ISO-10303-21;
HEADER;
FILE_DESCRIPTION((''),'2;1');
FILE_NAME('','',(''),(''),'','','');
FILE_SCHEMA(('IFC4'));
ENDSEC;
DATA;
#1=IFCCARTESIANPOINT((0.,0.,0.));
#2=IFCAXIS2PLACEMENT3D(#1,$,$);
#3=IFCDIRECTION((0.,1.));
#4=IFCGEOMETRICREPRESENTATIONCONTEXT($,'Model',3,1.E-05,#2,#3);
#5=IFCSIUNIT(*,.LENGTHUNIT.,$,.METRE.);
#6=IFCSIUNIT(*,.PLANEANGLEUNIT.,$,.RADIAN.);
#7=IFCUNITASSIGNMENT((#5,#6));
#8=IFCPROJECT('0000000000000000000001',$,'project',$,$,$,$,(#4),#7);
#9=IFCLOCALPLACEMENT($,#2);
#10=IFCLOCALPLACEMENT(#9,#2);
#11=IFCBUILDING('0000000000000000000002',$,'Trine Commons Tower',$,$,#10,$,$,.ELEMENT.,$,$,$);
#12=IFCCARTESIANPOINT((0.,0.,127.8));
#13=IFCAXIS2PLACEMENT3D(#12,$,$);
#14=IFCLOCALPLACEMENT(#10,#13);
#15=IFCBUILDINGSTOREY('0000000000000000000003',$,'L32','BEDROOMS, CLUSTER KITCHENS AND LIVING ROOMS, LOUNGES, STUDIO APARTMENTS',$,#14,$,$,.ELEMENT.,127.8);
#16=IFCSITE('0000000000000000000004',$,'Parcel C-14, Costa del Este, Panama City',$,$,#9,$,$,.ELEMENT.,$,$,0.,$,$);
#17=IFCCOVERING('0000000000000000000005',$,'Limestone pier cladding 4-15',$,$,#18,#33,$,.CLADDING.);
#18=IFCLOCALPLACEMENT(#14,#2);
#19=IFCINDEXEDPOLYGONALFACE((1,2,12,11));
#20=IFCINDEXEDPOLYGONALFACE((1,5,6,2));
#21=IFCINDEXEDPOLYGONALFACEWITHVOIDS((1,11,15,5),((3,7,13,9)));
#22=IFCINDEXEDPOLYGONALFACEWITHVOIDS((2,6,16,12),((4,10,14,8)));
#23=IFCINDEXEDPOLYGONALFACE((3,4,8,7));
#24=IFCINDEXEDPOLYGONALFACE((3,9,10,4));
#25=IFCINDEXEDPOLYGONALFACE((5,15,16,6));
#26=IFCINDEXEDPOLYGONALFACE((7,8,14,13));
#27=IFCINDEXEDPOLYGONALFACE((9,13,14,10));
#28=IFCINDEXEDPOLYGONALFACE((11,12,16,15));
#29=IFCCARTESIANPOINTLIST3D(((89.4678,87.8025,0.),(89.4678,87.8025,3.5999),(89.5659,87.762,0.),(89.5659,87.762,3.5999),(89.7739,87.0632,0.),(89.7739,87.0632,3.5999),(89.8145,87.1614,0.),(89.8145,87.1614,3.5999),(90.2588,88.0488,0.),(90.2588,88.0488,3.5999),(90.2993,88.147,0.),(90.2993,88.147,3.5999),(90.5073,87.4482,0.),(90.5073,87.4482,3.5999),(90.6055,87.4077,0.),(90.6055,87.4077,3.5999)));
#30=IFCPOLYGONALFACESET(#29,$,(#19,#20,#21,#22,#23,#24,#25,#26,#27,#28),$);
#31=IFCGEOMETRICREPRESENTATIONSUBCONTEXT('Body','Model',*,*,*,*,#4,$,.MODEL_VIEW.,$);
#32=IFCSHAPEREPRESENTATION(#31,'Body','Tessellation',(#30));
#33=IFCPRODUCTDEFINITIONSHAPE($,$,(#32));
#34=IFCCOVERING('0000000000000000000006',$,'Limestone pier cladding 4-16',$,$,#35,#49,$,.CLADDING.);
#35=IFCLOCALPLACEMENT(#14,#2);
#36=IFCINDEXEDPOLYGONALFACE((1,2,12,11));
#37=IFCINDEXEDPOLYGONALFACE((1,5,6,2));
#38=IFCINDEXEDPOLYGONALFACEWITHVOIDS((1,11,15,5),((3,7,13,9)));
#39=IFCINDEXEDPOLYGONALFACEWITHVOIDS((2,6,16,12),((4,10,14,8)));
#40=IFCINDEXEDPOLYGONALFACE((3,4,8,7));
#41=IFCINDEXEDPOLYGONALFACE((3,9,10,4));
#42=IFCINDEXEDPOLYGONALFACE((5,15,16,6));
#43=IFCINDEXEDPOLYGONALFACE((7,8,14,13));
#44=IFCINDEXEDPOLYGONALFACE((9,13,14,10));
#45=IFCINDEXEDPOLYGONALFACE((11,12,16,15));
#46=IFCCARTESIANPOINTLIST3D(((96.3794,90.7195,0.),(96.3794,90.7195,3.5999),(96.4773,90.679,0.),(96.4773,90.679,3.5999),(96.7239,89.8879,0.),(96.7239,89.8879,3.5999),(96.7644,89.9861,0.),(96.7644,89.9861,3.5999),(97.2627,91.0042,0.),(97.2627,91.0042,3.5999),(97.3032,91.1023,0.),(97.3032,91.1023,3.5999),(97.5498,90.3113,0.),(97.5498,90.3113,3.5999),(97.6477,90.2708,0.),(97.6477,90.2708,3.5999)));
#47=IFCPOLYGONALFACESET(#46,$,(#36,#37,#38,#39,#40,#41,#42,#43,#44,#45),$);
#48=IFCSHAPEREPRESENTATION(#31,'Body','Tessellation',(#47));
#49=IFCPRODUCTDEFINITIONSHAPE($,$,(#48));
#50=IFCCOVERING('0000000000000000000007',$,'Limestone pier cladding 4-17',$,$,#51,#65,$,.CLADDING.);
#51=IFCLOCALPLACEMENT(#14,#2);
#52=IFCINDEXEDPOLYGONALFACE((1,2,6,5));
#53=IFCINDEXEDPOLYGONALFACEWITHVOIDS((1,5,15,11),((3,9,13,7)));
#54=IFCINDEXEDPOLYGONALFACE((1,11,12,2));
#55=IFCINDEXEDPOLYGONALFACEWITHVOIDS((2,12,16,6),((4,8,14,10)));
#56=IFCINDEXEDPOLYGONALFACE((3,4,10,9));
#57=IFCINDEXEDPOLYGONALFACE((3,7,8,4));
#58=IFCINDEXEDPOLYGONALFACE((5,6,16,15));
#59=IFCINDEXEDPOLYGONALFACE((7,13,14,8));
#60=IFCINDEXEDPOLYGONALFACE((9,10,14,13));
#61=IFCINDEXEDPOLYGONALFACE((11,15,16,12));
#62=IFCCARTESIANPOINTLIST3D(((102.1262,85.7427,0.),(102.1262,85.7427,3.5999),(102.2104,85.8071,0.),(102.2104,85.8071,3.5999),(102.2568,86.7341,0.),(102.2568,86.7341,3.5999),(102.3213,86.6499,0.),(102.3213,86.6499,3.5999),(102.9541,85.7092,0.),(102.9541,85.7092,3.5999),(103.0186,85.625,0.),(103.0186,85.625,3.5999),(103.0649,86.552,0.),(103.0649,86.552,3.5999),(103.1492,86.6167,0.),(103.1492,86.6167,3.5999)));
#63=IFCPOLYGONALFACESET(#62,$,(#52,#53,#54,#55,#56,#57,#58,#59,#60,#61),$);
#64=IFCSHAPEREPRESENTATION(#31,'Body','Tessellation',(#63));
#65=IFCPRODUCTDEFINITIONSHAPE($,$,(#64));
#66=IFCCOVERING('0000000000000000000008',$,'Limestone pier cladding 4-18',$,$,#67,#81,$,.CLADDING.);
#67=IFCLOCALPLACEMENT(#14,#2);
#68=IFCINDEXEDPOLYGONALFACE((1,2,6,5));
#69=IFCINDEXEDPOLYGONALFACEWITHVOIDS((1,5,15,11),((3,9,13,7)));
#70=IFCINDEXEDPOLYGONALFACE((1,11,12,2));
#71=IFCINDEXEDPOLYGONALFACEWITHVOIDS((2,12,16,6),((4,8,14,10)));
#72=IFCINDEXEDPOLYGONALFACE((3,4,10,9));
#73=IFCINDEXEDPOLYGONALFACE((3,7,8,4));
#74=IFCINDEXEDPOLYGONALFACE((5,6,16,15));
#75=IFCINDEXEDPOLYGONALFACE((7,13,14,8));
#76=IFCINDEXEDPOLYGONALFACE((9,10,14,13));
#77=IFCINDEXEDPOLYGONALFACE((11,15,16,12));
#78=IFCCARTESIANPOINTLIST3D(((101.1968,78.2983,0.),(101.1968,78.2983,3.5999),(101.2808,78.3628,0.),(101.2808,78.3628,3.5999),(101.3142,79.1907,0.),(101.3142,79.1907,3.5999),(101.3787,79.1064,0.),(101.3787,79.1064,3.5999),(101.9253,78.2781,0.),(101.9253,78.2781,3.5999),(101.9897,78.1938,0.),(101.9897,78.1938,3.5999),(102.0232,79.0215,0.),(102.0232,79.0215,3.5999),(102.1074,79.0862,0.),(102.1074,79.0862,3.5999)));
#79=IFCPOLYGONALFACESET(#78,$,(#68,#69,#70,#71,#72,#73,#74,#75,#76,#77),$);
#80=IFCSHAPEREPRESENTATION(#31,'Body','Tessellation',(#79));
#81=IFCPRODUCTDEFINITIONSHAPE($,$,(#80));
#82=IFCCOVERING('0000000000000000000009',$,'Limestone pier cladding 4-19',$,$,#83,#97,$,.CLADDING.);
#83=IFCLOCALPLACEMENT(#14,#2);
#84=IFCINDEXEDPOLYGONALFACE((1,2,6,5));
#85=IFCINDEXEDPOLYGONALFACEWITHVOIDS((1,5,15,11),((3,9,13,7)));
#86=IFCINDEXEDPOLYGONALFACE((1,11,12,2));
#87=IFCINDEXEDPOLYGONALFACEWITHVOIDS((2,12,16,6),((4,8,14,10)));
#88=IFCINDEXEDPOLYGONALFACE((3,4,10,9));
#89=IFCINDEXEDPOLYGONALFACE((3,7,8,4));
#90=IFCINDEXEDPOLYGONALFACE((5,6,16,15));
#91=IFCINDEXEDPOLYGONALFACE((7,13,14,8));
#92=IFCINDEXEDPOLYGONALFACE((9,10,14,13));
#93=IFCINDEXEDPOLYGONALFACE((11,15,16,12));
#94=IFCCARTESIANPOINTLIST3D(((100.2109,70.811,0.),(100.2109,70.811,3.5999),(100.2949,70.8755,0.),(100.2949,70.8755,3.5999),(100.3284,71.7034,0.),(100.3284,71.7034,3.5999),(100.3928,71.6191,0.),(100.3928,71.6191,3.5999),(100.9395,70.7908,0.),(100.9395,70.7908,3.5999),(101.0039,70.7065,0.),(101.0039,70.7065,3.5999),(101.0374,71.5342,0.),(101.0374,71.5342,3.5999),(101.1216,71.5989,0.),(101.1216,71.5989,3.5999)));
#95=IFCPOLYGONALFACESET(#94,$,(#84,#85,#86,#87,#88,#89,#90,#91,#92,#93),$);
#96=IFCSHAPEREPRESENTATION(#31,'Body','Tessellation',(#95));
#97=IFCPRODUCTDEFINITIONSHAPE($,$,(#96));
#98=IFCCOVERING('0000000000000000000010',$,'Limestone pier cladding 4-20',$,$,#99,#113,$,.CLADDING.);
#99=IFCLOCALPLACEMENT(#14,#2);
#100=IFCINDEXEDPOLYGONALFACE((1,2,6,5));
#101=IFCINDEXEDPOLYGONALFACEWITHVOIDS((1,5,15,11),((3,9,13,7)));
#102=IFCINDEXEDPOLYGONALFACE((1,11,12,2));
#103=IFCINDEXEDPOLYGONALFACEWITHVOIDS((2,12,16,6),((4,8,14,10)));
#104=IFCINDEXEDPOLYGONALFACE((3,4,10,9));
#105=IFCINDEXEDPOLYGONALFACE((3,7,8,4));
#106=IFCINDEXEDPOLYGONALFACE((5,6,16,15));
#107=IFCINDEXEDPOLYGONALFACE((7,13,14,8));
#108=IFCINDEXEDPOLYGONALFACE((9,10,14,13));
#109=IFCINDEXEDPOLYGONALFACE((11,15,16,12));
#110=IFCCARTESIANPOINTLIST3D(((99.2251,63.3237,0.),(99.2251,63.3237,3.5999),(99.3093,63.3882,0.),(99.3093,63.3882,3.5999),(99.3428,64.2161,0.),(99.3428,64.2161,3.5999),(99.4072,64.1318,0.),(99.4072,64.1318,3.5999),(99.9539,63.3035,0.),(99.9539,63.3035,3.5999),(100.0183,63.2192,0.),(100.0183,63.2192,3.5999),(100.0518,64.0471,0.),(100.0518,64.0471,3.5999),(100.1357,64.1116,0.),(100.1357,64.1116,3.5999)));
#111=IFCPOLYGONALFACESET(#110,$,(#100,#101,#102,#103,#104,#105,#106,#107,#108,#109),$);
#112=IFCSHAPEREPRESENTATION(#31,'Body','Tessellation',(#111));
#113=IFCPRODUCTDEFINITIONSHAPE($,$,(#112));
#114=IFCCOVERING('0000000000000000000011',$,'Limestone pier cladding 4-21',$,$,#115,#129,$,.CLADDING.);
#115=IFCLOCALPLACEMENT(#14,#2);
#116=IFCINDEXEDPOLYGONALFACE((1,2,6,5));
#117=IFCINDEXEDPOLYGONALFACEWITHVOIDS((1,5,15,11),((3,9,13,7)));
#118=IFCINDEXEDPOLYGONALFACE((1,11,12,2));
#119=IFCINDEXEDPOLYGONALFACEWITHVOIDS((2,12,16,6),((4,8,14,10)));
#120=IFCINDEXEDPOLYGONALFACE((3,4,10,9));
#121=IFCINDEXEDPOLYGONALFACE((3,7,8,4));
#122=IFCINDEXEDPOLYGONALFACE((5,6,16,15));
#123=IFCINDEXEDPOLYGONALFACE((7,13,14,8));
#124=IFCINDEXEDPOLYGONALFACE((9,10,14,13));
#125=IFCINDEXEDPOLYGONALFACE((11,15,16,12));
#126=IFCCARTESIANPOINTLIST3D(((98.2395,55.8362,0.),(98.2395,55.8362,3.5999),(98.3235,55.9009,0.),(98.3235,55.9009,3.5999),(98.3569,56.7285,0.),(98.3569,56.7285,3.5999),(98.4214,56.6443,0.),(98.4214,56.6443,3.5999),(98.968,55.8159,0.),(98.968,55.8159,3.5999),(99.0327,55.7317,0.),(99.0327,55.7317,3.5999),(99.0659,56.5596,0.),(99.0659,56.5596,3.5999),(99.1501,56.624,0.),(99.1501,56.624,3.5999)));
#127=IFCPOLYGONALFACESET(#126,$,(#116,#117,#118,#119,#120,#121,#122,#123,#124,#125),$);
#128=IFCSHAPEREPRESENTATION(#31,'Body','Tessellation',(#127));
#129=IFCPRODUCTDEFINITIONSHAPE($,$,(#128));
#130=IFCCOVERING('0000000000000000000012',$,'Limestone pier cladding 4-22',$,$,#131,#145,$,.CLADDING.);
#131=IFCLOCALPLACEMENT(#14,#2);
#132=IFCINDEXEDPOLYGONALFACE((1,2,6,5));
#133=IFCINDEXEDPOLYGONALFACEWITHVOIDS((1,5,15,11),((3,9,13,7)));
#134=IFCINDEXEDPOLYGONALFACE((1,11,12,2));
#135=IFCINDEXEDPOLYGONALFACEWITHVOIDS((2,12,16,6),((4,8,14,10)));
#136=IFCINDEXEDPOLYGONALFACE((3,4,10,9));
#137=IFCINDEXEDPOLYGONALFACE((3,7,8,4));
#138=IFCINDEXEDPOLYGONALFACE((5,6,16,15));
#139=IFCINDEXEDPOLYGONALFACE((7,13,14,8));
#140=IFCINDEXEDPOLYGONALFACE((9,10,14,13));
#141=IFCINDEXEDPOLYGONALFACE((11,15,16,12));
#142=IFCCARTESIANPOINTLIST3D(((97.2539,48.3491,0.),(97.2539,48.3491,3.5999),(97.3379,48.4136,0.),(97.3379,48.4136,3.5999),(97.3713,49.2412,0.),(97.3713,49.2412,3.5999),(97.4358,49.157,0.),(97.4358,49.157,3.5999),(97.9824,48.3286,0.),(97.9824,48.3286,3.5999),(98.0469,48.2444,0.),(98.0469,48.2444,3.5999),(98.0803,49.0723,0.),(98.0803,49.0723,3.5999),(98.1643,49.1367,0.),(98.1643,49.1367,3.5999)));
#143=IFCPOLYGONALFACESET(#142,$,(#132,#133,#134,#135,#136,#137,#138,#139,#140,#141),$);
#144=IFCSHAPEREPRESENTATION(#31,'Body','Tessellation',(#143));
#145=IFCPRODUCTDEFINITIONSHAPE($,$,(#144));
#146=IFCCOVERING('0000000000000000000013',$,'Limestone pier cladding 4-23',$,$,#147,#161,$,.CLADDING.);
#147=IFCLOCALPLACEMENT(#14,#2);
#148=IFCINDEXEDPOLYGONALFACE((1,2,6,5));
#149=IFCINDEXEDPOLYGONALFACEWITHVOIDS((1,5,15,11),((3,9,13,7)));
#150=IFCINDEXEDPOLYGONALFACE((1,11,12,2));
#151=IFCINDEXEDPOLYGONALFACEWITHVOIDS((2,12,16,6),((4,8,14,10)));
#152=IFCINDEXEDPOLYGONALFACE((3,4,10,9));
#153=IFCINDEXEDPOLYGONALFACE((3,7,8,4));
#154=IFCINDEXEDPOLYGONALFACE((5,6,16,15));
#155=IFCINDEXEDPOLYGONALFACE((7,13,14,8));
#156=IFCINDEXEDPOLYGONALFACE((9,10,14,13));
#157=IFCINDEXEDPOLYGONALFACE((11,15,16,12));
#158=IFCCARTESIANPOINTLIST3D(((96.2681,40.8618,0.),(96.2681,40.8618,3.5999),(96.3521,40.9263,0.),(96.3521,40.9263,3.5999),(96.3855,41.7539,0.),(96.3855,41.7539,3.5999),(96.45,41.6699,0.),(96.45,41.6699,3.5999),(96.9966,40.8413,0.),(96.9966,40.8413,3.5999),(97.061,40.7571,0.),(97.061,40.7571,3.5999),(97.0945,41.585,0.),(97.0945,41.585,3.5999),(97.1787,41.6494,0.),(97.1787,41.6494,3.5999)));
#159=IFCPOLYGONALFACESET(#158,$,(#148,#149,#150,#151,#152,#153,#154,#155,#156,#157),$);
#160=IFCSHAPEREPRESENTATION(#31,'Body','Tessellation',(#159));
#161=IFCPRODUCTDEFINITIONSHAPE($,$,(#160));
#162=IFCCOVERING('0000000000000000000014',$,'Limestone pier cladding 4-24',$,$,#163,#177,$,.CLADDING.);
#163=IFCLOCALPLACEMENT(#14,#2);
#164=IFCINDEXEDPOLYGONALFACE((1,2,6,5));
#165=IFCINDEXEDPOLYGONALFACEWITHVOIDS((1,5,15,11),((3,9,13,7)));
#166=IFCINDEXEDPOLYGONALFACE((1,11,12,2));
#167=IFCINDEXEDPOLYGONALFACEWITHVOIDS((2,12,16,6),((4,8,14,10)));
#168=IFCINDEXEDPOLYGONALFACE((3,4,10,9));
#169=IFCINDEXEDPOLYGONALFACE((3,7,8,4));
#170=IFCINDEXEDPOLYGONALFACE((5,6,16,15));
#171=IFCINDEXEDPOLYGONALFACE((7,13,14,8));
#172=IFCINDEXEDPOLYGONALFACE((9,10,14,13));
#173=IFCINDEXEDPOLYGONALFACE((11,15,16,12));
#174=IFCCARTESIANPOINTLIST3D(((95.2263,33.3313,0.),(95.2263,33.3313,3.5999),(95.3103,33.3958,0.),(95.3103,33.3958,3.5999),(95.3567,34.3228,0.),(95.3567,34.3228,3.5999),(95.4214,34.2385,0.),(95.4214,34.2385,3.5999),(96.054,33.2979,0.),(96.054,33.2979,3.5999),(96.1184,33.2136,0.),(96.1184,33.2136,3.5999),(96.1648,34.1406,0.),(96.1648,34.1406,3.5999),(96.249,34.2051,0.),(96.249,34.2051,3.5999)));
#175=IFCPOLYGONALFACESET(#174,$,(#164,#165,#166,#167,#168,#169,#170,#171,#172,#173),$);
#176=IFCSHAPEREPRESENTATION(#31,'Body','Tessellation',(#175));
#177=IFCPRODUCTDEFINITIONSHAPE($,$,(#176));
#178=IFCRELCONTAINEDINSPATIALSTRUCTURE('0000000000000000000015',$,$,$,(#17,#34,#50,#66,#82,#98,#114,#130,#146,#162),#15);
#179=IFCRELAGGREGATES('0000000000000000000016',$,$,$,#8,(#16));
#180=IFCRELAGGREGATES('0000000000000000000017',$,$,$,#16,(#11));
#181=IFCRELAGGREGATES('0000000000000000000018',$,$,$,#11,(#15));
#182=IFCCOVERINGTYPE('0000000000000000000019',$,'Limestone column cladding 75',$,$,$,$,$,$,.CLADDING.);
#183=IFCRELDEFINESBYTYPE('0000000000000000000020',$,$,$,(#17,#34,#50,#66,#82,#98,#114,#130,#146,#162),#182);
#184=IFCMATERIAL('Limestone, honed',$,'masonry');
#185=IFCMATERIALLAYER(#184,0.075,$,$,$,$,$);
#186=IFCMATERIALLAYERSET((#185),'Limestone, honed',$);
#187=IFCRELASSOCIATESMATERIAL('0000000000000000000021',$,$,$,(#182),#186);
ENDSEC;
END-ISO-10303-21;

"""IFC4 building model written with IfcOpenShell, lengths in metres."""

from ifc_helpers import new_model, si_unit, direction, frame, origin, place, context, subcontext, project, spatial, polyline, outline, extrude, material, layer, layer_set, type_object, element, save


model = new_model("IFC4")

# Units and contexts
model_context = context("Model", 3, precision=1e-05, world=origin(), true_north=direction((0.0, 1.0)))
body_context = subcontext(model_context, "Body", "Model", "MODEL_VIEW")
ifc_project = project(units=[si_unit("LENGTHUNIT", "METRE"), si_unit("PLANEANGLEUNIT", "RADIAN")], contexts=[model_context])

# Site, building, storey
site_placement = place(None, origin())
site = spatial("IfcSite", under=ifc_project, at=site_placement, Name="Parcel C-14, Costa del Este, Panama City", CompositionType="ELEMENT", RefElevation=0.0)
building_placement = place(site_placement, origin())
building = spatial("IfcBuilding", under=site, at=building_placement, Name="Trine Commons Tower", CompositionType="ELEMENT")
storey_placement = place(building_placement, frame((0.0, 0.0, 127.8)))
storey = spatial("IfcBuildingStorey", under=building, at=storey_placement, Name="L32", Description="BEDROOMS, CLUSTER KITCHENS AND LIVING ROOMS, LOUNGES, STUDIO APARTMENTS", CompositionType="ELEMENT", Elevation=127.8)

# Coverings
ifc_material_1 = material(Name="Limestone, honed", Category="masonry")
ifc_layer_1 = layer(ifc_material_1, 0.075)
ifc_layer_set_1 = layer_set([ifc_layer_1], Name="Limestone, honed")
covering_type_1 = type_object("IfcCoveringType", Name="Limestone column cladding 75", PredefinedType="CLADDING", material=ifc_layer_set_1)
covering_1_placement = place(storey_placement, origin())
element("IfcCovering", 1, at=covering_1_placement, inside=storey, type_object=covering_type_1, Name="Limestone pier cladding 4-15", PredefinedType="CLADDING", context=body_context, shape_type="SweptSolid", body=[
    extrude(outline(polyline([(90.6055, 87.4077), (90.2993, 88.147), (89.4678, 87.8025), (89.7739, 87.0632), (90.6055, 87.4077)]), holes=[polyline([(90.5073, 87.4482), (90.2588, 88.0488), (89.5659, 87.762), (89.8145, 87.1614), (90.5073, 87.4482)])]), origin(), (0.0, 0.0, 1.0), 3.5999),
])
covering_2_placement = place(storey_placement, origin())
element("IfcCovering", 2, at=covering_2_placement, inside=storey, type_object=covering_type_1, Name="Limestone pier cladding 4-16", PredefinedType="CLADDING", context=body_context, shape_type="SweptSolid", body=[
    extrude(outline(polyline([(97.6477, 90.2708), (97.3032, 91.1023), (96.3794, 90.7195), (96.7239, 89.8879), (97.6477, 90.2708)]), holes=[polyline([(97.5498, 90.3113), (97.2627, 91.0042), (96.4773, 90.679), (96.7644, 89.9861), (97.5498, 90.3113)])]), origin(), (0.0, 0.0, 1.0), 3.5999),
])
covering_3_placement = place(storey_placement, origin())
element("IfcCovering", 3, at=covering_3_placement, inside=storey, type_object=covering_type_1, Name="Limestone pier cladding 4-17", PredefinedType="CLADDING", context=body_context, shape_type="SweptSolid", body=[
    extrude(outline(polyline([(103.1492, 86.6167), (102.2568, 86.7341), (102.1262, 85.7427), (103.0186, 85.625), (103.1492, 86.6167)]), holes=[polyline([(103.0649, 86.552), (102.3213, 86.6499), (102.2104, 85.8071), (102.9541, 85.7092), (103.0649, 86.552)])]), origin(), (0.0, 0.0, 1.0), 3.5999),
])
covering_4_placement = place(storey_placement, origin())
element("IfcCovering", 4, at=covering_4_placement, inside=storey, type_object=covering_type_1, Name="Limestone pier cladding 4-18", PredefinedType="CLADDING", context=body_context, shape_type="SweptSolid", body=[
    extrude(outline(polyline([(102.1074, 79.0862), (101.3142, 79.1907), (101.1968, 78.2983), (101.9897, 78.1938), (102.1074, 79.0862)]), holes=[polyline([(102.0232, 79.0215), (101.3787, 79.1064), (101.2808, 78.3628), (101.9253, 78.2781), (102.0232, 79.0215)])]), origin(), (0.0, 0.0, 1.0), 3.5999),
])
covering_5_placement = place(storey_placement, origin())
element("IfcCovering", 5, at=covering_5_placement, inside=storey, type_object=covering_type_1, Name="Limestone pier cladding 4-19", PredefinedType="CLADDING", context=body_context, shape_type="SweptSolid", body=[
    extrude(outline(polyline([(101.1216, 71.5989), (100.3284, 71.7034), (100.2109, 70.811), (101.0039, 70.7065), (101.1216, 71.5989)]), holes=[polyline([(101.0374, 71.5342), (100.3928, 71.6191), (100.2949, 70.8755), (100.9395, 70.7908), (101.0374, 71.5342)])]), origin(), (0.0, 0.0, 1.0), 3.5999),
])
covering_6_placement = place(storey_placement, origin())
element("IfcCovering", 6, at=covering_6_placement, inside=storey, type_object=covering_type_1, Name="Limestone pier cladding 4-20", PredefinedType="CLADDING", context=body_context, shape_type="SweptSolid", body=[
    extrude(outline(polyline([(100.1357, 64.1116), (99.3428, 64.2161), (99.2251, 63.3237), (100.0183, 63.2192), (100.1357, 64.1116)]), holes=[polyline([(100.0518, 64.0471), (99.4072, 64.1318), (99.3093, 63.3882), (99.9539, 63.3035), (100.0518, 64.0471)])]), origin(), (0.0, 0.0, 1.0), 3.5999),
])
covering_7_placement = place(storey_placement, origin())
element("IfcCovering", 7, at=covering_7_placement, inside=storey, type_object=covering_type_1, Name="Limestone pier cladding 4-21", PredefinedType="CLADDING", context=body_context, shape_type="SweptSolid", body=[
    extrude(outline(polyline([(99.1501, 56.624), (98.3569, 56.7285), (98.2395, 55.8362), (99.0327, 55.7317), (99.1501, 56.624)]), holes=[polyline([(99.0659, 56.5596), (98.4214, 56.6443), (98.3235, 55.9009), (98.968, 55.8159), (99.0659, 56.5596)])]), origin(), (0.0, 0.0, 1.0), 3.5999),
])
covering_8_placement = place(storey_placement, origin())
element("IfcCovering", 8, at=covering_8_placement, inside=storey, type_object=covering_type_1, Name="Limestone pier cladding 4-22", PredefinedType="CLADDING", context=body_context, shape_type="SweptSolid", body=[
    extrude(outline(polyline([(98.1643, 49.1367), (97.3713, 49.2412), (97.2539, 48.3491), (98.0469, 48.2444), (98.1643, 49.1367)]), holes=[polyline([(98.0803, 49.0723), (97.4358, 49.157), (97.3379, 48.4136), (97.9824, 48.3286), (98.0803, 49.0723)])]), origin(), (0.0, 0.0, 1.0), 3.5999),
])
covering_9_placement = place(storey_placement, origin())
element("IfcCovering", 9, at=covering_9_placement, inside=storey, type_object=covering_type_1, Name="Limestone pier cladding 4-23", PredefinedType="CLADDING", context=body_context, shape_type="SweptSolid", body=[
    extrude(outline(polyline([(97.1787, 41.6494), (96.3855, 41.7539), (96.2681, 40.8618), (97.061, 40.7571), (97.1787, 41.6494)]), holes=[polyline([(97.0945, 41.585), (96.45, 41.6699), (96.3521, 40.9263), (96.9966, 40.8413), (97.0945, 41.585)])]), origin(), (0.0, 0.0, 1.0), 3.5999),
])
covering_10_placement = place(storey_placement, origin())
element("IfcCovering", 10, at=covering_10_placement, inside=storey, type_object=covering_type_1, Name="Limestone pier cladding 4-24", PredefinedType="CLADDING", context=body_context, shape_type="SweptSolid", body=[
    extrude(outline(polyline([(96.249, 34.2051), (95.3567, 34.3228), (95.2263, 33.3313), (96.1184, 33.2136), (96.249, 34.2051)]), holes=[polyline([(96.1648, 34.1406), (95.4214, 34.2385), (95.3103, 33.3958), (96.054, 33.2979), (96.1648, 34.1406)])]), origin(), (0.0, 0.0, 1.0), 3.5999),
])

save(model, "model.ifc")
